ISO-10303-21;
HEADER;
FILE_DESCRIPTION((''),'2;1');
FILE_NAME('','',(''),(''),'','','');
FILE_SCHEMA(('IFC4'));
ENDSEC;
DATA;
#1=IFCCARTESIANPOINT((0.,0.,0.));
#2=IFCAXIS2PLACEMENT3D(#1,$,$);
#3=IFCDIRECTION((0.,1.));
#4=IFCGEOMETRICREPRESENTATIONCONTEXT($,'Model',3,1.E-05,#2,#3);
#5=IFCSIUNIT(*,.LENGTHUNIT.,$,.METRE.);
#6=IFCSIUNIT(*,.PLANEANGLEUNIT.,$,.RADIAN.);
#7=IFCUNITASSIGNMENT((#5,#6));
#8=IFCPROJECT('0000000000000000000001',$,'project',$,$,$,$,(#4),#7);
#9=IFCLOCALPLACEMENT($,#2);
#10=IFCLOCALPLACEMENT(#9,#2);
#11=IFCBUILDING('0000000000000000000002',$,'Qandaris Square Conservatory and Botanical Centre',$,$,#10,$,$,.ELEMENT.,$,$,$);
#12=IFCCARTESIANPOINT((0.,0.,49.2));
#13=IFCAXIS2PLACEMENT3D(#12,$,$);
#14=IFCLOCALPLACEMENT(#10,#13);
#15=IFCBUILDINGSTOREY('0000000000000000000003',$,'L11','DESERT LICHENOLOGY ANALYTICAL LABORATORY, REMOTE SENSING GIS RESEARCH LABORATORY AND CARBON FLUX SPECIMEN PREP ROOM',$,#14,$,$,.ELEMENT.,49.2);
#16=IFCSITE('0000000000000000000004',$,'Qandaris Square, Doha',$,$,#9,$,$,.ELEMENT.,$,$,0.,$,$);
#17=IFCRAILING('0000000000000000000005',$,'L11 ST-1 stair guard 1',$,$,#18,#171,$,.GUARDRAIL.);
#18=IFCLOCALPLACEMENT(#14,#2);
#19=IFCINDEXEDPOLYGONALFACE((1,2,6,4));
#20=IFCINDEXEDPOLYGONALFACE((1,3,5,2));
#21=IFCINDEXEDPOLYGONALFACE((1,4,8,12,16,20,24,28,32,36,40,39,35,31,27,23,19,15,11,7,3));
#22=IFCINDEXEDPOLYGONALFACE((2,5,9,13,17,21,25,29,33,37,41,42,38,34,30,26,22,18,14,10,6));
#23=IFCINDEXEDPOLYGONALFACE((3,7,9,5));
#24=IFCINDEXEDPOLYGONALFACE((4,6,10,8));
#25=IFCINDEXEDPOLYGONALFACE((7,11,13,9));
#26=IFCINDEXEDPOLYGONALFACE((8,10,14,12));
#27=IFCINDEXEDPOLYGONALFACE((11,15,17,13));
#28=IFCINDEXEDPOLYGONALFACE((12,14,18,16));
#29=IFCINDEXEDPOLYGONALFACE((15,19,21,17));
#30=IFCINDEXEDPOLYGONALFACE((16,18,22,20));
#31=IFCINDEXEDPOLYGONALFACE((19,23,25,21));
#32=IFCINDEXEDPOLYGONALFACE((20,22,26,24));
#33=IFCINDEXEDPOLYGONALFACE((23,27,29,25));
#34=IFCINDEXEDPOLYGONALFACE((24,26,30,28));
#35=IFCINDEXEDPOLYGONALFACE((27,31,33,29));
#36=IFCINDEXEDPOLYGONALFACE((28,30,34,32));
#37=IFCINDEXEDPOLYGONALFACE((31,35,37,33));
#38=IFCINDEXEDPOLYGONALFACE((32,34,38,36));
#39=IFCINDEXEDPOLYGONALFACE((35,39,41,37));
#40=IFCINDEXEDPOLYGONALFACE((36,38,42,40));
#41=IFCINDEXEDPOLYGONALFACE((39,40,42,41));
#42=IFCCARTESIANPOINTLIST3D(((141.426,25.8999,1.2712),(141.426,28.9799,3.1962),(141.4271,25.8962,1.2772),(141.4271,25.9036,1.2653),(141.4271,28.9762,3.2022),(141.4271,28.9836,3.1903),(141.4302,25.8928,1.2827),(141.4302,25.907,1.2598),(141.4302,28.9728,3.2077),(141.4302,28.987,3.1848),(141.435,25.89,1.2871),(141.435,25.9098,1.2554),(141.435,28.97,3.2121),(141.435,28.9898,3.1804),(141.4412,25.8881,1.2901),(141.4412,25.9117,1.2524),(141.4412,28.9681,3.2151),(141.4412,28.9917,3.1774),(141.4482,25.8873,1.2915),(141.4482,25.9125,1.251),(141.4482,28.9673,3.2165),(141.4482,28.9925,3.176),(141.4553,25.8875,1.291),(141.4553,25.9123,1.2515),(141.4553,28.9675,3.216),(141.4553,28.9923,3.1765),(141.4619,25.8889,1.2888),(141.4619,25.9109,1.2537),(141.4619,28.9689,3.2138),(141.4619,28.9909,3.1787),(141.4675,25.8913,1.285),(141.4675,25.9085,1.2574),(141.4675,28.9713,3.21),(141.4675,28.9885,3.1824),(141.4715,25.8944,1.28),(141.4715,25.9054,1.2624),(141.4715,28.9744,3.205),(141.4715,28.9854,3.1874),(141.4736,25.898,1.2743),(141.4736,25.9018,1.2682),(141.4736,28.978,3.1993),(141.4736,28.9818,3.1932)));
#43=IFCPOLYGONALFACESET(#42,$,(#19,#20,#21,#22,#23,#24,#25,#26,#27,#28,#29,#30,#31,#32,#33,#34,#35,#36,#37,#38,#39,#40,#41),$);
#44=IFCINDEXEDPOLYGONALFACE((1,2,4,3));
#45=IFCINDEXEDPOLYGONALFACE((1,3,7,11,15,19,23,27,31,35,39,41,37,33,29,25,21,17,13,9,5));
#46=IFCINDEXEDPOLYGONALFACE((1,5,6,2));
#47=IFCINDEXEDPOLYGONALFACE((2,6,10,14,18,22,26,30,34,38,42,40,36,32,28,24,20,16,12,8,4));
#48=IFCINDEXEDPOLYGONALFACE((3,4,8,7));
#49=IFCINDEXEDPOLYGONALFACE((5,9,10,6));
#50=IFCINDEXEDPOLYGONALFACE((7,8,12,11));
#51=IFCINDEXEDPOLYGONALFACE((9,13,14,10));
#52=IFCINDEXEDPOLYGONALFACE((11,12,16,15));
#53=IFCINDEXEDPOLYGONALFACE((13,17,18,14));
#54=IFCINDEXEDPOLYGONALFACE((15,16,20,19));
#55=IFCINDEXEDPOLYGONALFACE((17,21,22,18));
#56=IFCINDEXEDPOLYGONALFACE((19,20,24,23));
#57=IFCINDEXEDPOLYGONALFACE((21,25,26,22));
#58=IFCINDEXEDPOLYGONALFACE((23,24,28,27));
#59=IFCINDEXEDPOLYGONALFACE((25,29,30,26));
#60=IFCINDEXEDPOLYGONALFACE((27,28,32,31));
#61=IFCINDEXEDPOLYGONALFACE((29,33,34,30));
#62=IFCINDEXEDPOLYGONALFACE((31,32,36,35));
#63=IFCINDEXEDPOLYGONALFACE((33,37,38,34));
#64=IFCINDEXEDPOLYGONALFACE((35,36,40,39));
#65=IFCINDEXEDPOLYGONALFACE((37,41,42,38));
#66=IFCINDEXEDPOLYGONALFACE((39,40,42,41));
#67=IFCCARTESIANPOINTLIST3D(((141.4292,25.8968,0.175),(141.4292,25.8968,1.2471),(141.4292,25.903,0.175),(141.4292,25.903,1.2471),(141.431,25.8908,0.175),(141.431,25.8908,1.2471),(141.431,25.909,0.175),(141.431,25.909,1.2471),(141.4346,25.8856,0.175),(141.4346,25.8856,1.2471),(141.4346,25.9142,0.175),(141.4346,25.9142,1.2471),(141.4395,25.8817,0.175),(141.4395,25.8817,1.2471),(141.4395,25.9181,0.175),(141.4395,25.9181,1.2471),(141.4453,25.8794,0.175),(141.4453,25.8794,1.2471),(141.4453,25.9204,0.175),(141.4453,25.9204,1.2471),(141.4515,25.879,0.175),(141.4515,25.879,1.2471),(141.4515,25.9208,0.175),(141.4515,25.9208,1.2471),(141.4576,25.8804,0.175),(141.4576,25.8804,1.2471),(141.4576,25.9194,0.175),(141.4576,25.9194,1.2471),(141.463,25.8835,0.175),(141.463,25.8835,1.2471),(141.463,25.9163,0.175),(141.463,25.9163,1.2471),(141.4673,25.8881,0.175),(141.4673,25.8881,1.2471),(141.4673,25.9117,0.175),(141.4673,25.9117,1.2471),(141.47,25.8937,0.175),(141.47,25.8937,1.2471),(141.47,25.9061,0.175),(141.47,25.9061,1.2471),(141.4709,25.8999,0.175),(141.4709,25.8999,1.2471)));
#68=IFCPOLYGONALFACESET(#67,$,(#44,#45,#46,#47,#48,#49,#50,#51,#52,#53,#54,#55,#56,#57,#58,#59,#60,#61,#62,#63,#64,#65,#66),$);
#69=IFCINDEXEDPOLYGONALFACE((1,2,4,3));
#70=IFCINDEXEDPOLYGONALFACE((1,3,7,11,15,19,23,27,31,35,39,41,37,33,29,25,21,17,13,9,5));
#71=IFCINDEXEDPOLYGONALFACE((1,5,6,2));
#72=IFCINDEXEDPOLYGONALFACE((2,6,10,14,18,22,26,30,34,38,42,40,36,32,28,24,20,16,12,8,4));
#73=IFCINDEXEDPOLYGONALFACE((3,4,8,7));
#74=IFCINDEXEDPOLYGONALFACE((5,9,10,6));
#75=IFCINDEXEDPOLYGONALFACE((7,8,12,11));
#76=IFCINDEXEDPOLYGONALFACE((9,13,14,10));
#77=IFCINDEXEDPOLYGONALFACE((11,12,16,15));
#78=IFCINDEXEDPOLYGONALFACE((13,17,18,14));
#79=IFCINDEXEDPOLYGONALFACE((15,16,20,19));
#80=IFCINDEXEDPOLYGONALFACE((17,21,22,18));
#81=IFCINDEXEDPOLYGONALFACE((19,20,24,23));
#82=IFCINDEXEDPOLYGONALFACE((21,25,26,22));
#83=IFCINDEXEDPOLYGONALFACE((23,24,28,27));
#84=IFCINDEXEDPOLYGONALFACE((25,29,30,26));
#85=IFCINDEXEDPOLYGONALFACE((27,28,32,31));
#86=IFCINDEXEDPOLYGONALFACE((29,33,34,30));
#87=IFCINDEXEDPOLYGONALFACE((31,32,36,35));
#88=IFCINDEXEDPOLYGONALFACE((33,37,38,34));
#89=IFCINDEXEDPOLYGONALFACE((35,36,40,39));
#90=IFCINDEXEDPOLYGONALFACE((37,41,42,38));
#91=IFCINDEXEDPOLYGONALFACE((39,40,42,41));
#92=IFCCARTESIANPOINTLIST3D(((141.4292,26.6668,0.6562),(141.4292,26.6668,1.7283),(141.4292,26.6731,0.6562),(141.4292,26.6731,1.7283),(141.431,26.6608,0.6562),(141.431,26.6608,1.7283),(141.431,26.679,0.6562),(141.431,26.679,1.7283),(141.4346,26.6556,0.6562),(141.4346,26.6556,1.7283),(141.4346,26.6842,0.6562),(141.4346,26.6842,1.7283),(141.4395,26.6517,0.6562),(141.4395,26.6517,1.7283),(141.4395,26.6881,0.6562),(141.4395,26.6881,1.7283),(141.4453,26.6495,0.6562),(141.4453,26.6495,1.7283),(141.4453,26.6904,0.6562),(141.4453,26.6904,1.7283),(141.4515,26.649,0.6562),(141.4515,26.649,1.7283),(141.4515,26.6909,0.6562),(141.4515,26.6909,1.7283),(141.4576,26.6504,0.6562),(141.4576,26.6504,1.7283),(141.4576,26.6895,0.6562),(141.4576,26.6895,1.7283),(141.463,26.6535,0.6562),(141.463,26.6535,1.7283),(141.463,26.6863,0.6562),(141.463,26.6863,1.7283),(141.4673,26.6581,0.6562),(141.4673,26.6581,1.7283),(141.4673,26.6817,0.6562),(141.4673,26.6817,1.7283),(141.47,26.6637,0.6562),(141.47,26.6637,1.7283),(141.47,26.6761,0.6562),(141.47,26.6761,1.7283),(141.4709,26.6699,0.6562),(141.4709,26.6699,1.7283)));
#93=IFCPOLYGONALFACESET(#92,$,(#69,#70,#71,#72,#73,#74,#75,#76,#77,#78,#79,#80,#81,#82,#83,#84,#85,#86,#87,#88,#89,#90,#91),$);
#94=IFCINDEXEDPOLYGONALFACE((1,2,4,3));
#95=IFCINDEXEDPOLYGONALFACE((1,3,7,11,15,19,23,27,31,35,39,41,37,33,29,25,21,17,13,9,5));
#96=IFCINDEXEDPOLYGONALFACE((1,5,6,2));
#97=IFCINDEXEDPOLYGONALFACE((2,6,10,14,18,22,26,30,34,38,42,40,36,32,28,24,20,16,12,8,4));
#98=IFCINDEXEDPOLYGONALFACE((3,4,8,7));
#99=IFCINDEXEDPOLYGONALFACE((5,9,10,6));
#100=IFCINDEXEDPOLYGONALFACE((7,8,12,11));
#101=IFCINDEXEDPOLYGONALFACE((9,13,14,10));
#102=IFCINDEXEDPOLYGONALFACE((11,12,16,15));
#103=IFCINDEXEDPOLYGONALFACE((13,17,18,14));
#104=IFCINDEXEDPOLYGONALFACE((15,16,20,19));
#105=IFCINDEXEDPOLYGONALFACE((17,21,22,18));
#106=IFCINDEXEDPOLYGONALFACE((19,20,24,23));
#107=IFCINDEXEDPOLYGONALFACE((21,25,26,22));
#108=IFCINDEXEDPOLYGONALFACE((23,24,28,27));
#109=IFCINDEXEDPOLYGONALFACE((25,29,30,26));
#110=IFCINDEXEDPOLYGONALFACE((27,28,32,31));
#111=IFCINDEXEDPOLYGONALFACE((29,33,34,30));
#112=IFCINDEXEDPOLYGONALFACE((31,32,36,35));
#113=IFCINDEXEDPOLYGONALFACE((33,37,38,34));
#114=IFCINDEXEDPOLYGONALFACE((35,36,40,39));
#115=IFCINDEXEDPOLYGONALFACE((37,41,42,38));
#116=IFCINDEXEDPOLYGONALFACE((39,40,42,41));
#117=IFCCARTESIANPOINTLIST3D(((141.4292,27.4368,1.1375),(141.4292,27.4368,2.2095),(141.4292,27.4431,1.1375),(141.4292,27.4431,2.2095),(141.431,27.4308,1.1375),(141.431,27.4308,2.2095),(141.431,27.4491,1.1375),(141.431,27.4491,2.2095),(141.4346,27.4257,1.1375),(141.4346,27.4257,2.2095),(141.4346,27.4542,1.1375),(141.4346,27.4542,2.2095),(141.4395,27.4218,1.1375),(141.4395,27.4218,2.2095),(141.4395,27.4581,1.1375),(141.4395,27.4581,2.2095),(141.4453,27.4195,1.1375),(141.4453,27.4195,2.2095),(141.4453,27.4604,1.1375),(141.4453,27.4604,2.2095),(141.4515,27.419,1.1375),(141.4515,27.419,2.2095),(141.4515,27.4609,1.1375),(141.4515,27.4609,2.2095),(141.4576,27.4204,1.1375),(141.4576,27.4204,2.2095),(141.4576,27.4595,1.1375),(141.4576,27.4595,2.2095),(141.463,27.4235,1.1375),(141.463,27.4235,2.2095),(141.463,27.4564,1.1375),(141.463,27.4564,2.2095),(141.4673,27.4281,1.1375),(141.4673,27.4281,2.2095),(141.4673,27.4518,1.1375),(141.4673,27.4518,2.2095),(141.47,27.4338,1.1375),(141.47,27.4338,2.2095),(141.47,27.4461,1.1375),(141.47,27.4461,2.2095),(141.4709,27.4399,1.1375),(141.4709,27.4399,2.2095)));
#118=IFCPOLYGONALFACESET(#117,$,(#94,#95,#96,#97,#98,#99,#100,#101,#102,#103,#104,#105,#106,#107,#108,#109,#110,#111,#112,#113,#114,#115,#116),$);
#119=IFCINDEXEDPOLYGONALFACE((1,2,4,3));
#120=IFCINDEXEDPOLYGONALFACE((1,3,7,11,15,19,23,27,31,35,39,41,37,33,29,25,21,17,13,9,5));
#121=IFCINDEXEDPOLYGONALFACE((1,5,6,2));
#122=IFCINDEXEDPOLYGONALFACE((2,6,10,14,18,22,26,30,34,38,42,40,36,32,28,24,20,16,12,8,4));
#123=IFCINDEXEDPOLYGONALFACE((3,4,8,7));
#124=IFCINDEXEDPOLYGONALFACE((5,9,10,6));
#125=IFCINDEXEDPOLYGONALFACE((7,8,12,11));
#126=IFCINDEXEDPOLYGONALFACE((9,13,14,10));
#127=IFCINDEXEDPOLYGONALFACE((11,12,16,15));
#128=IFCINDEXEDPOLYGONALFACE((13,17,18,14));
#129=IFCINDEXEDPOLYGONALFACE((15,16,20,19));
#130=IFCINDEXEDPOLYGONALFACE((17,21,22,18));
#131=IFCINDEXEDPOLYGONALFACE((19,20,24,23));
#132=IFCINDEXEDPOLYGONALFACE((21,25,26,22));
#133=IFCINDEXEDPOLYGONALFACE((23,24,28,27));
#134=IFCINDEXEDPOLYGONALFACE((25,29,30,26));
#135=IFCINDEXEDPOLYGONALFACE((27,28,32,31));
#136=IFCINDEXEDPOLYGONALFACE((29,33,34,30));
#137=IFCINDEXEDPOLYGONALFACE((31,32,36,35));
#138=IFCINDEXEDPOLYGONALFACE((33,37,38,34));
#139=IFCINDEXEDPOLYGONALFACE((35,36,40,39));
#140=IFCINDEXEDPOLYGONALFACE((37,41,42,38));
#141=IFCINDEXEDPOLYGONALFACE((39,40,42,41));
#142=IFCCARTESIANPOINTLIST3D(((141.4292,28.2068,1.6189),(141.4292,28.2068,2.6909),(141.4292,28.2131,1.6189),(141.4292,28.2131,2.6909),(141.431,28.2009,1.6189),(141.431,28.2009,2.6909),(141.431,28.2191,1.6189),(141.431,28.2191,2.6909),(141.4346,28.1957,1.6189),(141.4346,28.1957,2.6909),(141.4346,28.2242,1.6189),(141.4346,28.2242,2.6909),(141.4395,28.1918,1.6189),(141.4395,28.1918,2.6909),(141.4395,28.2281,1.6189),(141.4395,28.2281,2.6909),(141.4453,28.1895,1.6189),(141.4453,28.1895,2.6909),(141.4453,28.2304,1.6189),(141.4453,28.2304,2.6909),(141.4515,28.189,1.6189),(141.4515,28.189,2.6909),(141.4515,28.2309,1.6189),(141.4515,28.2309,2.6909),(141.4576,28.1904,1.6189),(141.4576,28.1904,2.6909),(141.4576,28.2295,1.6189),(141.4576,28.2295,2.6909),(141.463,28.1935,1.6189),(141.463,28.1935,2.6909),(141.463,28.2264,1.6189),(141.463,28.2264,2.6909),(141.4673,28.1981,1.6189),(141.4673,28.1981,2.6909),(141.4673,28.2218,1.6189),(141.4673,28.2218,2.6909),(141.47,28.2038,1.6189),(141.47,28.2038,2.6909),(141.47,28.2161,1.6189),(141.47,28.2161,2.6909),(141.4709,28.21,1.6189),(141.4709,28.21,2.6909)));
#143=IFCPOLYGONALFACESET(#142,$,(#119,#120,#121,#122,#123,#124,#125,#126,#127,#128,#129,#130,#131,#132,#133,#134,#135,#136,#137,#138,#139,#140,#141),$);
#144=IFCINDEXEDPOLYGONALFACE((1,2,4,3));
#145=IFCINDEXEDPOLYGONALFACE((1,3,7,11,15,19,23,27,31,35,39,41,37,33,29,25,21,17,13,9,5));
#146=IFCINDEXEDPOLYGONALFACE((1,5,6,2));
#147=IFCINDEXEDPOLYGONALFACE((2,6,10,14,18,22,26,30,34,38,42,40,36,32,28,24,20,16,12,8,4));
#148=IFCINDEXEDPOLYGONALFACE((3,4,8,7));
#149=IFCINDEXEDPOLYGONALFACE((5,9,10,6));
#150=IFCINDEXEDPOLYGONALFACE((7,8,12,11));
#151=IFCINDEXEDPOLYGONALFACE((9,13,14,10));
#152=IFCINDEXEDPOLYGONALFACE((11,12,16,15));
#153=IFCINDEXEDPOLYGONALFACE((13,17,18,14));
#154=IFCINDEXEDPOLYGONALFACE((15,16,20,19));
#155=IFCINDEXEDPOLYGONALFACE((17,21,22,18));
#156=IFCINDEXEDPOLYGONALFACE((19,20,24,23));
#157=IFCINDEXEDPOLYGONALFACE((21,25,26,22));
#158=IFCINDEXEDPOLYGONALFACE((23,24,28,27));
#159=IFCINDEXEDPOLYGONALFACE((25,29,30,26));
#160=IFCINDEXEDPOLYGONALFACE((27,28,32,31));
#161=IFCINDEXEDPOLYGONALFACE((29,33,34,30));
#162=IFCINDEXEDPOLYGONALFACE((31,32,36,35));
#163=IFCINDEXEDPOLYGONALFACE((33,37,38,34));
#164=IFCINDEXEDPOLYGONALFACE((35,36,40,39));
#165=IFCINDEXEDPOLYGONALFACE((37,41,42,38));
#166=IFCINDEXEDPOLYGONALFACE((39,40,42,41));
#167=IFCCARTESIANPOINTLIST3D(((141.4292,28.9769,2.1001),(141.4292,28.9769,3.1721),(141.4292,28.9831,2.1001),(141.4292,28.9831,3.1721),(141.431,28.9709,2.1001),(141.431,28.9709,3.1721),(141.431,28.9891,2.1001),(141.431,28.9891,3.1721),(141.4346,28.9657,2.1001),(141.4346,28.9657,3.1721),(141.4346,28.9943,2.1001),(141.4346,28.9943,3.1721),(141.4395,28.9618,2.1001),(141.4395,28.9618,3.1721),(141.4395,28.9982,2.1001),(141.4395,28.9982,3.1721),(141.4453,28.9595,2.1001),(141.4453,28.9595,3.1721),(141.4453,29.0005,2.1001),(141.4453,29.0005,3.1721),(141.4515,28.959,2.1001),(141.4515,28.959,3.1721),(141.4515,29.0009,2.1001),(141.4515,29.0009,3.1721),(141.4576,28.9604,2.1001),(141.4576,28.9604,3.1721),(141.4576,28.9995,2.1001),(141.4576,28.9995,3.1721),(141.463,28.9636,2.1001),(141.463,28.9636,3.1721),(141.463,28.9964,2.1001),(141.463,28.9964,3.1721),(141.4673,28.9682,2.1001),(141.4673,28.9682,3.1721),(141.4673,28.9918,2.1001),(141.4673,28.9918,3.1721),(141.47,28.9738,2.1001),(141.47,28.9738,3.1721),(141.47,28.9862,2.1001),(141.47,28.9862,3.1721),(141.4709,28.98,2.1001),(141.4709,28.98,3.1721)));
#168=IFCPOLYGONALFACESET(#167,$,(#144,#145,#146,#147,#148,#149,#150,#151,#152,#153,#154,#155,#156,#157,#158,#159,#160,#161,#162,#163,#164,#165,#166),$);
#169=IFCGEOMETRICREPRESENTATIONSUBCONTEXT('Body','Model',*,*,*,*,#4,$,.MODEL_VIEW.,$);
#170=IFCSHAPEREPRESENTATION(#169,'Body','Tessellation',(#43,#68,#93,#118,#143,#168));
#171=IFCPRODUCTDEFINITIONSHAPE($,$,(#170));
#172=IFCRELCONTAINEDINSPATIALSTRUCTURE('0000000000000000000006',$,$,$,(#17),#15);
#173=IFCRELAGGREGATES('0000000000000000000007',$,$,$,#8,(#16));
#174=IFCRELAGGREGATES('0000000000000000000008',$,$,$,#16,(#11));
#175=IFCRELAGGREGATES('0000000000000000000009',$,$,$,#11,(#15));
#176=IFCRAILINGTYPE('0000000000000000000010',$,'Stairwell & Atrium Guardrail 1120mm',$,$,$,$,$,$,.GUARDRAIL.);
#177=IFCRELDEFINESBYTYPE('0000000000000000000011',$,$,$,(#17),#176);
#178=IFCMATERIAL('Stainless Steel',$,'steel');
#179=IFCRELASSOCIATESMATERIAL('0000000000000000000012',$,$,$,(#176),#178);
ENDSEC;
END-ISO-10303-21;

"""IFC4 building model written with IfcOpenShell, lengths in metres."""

from ifc_helpers import new_model, si_unit, direction, frame, origin, origin_2d, place, context, subcontext, project, spatial, circle, extrude, material, type_object, element, save


model = new_model("IFC4")

# Units and contexts
model_context = context("Model", 3, precision=1e-05, world=origin(), true_north=direction((0.0, 1.0)))
body_context = subcontext(model_context, "Body", "Model", "MODEL_VIEW")
ifc_project = project(units=[si_unit("LENGTHUNIT", "METRE"), si_unit("PLANEANGLEUNIT", "RADIAN")], contexts=[model_context])

# Site, building, storey
site_placement = place(None, origin())
site = spatial("IfcSite", under=ifc_project, at=site_placement, Name="Qandaris Square, Doha", CompositionType="ELEMENT", RefElevation=0.0)
building_placement = place(site_placement, origin())
building = spatial("IfcBuilding", under=site, at=building_placement, Name="Qandaris Square Conservatory and Botanical Centre", CompositionType="ELEMENT")
storey_placement = place(building_placement, frame((0.0, 0.0, 49.2)))
storey = spatial("IfcBuildingStorey", under=building, at=storey_placement, Name="L11", Description="DESERT LICHENOLOGY ANALYTICAL LABORATORY, REMOTE SENSING GIS RESEARCH LABORATORY AND CARBON FLUX SPECIMEN PREP ROOM", CompositionType="ELEMENT", Elevation=49.2)

# Railing
ifc_material_1 = material(Name="Stainless Steel", Category="steel")
railing_type_1 = type_object("IfcRailingType", Name="Stairwell & Atrium Guardrail 1120mm", PredefinedType="GUARDRAIL", material=ifc_material_1)
railing_1_placement = place(storey_placement, frame((141.45, 25.8999, 0.175)))
element("IfcRailing", 1, at=railing_1_placement, inside=storey, type_object=railing_type_1, Name="L11 ST-1 stair guard 1", PredefinedType="GUARDRAIL", context=body_context, shape_type="SweptSolid", body=[
    extrude(circle(Radius=0.0239, at=origin_2d()), frame((0.0, 0.0, 1.0962), z_axis=(0.0, 0.847998, 0.529999), x_axis=(-1.0, 0.0, 0.0)), (0.0, 0.0, 1.0), 3.6321),
    extrude(circle(Radius=0.021, at=origin_2d()), origin(), (0.0, 0.0, 1.0), 1.072),
    extrude(circle(Radius=0.021, at=origin_2d()), frame((0.0, 0.77, 0.4812)), (0.0, 0.0, 1.0), 1.072),
    extrude(circle(Radius=0.021, at=origin_2d()), frame((0.0, 1.54, 0.9624)), (0.0, 0.0, 1.0), 1.072),
    extrude(circle(Radius=0.021, at=origin_2d()), frame((0.0, 2.3101, 1.4438)), (0.0, 0.0, 1.0), 1.072),
    extrude(circle(Radius=0.021, at=origin_2d()), frame((0.0, 3.0801, 1.925)), (0.0, 0.0, 1.0), 1.072),
])

save(model, "model.ifc")
